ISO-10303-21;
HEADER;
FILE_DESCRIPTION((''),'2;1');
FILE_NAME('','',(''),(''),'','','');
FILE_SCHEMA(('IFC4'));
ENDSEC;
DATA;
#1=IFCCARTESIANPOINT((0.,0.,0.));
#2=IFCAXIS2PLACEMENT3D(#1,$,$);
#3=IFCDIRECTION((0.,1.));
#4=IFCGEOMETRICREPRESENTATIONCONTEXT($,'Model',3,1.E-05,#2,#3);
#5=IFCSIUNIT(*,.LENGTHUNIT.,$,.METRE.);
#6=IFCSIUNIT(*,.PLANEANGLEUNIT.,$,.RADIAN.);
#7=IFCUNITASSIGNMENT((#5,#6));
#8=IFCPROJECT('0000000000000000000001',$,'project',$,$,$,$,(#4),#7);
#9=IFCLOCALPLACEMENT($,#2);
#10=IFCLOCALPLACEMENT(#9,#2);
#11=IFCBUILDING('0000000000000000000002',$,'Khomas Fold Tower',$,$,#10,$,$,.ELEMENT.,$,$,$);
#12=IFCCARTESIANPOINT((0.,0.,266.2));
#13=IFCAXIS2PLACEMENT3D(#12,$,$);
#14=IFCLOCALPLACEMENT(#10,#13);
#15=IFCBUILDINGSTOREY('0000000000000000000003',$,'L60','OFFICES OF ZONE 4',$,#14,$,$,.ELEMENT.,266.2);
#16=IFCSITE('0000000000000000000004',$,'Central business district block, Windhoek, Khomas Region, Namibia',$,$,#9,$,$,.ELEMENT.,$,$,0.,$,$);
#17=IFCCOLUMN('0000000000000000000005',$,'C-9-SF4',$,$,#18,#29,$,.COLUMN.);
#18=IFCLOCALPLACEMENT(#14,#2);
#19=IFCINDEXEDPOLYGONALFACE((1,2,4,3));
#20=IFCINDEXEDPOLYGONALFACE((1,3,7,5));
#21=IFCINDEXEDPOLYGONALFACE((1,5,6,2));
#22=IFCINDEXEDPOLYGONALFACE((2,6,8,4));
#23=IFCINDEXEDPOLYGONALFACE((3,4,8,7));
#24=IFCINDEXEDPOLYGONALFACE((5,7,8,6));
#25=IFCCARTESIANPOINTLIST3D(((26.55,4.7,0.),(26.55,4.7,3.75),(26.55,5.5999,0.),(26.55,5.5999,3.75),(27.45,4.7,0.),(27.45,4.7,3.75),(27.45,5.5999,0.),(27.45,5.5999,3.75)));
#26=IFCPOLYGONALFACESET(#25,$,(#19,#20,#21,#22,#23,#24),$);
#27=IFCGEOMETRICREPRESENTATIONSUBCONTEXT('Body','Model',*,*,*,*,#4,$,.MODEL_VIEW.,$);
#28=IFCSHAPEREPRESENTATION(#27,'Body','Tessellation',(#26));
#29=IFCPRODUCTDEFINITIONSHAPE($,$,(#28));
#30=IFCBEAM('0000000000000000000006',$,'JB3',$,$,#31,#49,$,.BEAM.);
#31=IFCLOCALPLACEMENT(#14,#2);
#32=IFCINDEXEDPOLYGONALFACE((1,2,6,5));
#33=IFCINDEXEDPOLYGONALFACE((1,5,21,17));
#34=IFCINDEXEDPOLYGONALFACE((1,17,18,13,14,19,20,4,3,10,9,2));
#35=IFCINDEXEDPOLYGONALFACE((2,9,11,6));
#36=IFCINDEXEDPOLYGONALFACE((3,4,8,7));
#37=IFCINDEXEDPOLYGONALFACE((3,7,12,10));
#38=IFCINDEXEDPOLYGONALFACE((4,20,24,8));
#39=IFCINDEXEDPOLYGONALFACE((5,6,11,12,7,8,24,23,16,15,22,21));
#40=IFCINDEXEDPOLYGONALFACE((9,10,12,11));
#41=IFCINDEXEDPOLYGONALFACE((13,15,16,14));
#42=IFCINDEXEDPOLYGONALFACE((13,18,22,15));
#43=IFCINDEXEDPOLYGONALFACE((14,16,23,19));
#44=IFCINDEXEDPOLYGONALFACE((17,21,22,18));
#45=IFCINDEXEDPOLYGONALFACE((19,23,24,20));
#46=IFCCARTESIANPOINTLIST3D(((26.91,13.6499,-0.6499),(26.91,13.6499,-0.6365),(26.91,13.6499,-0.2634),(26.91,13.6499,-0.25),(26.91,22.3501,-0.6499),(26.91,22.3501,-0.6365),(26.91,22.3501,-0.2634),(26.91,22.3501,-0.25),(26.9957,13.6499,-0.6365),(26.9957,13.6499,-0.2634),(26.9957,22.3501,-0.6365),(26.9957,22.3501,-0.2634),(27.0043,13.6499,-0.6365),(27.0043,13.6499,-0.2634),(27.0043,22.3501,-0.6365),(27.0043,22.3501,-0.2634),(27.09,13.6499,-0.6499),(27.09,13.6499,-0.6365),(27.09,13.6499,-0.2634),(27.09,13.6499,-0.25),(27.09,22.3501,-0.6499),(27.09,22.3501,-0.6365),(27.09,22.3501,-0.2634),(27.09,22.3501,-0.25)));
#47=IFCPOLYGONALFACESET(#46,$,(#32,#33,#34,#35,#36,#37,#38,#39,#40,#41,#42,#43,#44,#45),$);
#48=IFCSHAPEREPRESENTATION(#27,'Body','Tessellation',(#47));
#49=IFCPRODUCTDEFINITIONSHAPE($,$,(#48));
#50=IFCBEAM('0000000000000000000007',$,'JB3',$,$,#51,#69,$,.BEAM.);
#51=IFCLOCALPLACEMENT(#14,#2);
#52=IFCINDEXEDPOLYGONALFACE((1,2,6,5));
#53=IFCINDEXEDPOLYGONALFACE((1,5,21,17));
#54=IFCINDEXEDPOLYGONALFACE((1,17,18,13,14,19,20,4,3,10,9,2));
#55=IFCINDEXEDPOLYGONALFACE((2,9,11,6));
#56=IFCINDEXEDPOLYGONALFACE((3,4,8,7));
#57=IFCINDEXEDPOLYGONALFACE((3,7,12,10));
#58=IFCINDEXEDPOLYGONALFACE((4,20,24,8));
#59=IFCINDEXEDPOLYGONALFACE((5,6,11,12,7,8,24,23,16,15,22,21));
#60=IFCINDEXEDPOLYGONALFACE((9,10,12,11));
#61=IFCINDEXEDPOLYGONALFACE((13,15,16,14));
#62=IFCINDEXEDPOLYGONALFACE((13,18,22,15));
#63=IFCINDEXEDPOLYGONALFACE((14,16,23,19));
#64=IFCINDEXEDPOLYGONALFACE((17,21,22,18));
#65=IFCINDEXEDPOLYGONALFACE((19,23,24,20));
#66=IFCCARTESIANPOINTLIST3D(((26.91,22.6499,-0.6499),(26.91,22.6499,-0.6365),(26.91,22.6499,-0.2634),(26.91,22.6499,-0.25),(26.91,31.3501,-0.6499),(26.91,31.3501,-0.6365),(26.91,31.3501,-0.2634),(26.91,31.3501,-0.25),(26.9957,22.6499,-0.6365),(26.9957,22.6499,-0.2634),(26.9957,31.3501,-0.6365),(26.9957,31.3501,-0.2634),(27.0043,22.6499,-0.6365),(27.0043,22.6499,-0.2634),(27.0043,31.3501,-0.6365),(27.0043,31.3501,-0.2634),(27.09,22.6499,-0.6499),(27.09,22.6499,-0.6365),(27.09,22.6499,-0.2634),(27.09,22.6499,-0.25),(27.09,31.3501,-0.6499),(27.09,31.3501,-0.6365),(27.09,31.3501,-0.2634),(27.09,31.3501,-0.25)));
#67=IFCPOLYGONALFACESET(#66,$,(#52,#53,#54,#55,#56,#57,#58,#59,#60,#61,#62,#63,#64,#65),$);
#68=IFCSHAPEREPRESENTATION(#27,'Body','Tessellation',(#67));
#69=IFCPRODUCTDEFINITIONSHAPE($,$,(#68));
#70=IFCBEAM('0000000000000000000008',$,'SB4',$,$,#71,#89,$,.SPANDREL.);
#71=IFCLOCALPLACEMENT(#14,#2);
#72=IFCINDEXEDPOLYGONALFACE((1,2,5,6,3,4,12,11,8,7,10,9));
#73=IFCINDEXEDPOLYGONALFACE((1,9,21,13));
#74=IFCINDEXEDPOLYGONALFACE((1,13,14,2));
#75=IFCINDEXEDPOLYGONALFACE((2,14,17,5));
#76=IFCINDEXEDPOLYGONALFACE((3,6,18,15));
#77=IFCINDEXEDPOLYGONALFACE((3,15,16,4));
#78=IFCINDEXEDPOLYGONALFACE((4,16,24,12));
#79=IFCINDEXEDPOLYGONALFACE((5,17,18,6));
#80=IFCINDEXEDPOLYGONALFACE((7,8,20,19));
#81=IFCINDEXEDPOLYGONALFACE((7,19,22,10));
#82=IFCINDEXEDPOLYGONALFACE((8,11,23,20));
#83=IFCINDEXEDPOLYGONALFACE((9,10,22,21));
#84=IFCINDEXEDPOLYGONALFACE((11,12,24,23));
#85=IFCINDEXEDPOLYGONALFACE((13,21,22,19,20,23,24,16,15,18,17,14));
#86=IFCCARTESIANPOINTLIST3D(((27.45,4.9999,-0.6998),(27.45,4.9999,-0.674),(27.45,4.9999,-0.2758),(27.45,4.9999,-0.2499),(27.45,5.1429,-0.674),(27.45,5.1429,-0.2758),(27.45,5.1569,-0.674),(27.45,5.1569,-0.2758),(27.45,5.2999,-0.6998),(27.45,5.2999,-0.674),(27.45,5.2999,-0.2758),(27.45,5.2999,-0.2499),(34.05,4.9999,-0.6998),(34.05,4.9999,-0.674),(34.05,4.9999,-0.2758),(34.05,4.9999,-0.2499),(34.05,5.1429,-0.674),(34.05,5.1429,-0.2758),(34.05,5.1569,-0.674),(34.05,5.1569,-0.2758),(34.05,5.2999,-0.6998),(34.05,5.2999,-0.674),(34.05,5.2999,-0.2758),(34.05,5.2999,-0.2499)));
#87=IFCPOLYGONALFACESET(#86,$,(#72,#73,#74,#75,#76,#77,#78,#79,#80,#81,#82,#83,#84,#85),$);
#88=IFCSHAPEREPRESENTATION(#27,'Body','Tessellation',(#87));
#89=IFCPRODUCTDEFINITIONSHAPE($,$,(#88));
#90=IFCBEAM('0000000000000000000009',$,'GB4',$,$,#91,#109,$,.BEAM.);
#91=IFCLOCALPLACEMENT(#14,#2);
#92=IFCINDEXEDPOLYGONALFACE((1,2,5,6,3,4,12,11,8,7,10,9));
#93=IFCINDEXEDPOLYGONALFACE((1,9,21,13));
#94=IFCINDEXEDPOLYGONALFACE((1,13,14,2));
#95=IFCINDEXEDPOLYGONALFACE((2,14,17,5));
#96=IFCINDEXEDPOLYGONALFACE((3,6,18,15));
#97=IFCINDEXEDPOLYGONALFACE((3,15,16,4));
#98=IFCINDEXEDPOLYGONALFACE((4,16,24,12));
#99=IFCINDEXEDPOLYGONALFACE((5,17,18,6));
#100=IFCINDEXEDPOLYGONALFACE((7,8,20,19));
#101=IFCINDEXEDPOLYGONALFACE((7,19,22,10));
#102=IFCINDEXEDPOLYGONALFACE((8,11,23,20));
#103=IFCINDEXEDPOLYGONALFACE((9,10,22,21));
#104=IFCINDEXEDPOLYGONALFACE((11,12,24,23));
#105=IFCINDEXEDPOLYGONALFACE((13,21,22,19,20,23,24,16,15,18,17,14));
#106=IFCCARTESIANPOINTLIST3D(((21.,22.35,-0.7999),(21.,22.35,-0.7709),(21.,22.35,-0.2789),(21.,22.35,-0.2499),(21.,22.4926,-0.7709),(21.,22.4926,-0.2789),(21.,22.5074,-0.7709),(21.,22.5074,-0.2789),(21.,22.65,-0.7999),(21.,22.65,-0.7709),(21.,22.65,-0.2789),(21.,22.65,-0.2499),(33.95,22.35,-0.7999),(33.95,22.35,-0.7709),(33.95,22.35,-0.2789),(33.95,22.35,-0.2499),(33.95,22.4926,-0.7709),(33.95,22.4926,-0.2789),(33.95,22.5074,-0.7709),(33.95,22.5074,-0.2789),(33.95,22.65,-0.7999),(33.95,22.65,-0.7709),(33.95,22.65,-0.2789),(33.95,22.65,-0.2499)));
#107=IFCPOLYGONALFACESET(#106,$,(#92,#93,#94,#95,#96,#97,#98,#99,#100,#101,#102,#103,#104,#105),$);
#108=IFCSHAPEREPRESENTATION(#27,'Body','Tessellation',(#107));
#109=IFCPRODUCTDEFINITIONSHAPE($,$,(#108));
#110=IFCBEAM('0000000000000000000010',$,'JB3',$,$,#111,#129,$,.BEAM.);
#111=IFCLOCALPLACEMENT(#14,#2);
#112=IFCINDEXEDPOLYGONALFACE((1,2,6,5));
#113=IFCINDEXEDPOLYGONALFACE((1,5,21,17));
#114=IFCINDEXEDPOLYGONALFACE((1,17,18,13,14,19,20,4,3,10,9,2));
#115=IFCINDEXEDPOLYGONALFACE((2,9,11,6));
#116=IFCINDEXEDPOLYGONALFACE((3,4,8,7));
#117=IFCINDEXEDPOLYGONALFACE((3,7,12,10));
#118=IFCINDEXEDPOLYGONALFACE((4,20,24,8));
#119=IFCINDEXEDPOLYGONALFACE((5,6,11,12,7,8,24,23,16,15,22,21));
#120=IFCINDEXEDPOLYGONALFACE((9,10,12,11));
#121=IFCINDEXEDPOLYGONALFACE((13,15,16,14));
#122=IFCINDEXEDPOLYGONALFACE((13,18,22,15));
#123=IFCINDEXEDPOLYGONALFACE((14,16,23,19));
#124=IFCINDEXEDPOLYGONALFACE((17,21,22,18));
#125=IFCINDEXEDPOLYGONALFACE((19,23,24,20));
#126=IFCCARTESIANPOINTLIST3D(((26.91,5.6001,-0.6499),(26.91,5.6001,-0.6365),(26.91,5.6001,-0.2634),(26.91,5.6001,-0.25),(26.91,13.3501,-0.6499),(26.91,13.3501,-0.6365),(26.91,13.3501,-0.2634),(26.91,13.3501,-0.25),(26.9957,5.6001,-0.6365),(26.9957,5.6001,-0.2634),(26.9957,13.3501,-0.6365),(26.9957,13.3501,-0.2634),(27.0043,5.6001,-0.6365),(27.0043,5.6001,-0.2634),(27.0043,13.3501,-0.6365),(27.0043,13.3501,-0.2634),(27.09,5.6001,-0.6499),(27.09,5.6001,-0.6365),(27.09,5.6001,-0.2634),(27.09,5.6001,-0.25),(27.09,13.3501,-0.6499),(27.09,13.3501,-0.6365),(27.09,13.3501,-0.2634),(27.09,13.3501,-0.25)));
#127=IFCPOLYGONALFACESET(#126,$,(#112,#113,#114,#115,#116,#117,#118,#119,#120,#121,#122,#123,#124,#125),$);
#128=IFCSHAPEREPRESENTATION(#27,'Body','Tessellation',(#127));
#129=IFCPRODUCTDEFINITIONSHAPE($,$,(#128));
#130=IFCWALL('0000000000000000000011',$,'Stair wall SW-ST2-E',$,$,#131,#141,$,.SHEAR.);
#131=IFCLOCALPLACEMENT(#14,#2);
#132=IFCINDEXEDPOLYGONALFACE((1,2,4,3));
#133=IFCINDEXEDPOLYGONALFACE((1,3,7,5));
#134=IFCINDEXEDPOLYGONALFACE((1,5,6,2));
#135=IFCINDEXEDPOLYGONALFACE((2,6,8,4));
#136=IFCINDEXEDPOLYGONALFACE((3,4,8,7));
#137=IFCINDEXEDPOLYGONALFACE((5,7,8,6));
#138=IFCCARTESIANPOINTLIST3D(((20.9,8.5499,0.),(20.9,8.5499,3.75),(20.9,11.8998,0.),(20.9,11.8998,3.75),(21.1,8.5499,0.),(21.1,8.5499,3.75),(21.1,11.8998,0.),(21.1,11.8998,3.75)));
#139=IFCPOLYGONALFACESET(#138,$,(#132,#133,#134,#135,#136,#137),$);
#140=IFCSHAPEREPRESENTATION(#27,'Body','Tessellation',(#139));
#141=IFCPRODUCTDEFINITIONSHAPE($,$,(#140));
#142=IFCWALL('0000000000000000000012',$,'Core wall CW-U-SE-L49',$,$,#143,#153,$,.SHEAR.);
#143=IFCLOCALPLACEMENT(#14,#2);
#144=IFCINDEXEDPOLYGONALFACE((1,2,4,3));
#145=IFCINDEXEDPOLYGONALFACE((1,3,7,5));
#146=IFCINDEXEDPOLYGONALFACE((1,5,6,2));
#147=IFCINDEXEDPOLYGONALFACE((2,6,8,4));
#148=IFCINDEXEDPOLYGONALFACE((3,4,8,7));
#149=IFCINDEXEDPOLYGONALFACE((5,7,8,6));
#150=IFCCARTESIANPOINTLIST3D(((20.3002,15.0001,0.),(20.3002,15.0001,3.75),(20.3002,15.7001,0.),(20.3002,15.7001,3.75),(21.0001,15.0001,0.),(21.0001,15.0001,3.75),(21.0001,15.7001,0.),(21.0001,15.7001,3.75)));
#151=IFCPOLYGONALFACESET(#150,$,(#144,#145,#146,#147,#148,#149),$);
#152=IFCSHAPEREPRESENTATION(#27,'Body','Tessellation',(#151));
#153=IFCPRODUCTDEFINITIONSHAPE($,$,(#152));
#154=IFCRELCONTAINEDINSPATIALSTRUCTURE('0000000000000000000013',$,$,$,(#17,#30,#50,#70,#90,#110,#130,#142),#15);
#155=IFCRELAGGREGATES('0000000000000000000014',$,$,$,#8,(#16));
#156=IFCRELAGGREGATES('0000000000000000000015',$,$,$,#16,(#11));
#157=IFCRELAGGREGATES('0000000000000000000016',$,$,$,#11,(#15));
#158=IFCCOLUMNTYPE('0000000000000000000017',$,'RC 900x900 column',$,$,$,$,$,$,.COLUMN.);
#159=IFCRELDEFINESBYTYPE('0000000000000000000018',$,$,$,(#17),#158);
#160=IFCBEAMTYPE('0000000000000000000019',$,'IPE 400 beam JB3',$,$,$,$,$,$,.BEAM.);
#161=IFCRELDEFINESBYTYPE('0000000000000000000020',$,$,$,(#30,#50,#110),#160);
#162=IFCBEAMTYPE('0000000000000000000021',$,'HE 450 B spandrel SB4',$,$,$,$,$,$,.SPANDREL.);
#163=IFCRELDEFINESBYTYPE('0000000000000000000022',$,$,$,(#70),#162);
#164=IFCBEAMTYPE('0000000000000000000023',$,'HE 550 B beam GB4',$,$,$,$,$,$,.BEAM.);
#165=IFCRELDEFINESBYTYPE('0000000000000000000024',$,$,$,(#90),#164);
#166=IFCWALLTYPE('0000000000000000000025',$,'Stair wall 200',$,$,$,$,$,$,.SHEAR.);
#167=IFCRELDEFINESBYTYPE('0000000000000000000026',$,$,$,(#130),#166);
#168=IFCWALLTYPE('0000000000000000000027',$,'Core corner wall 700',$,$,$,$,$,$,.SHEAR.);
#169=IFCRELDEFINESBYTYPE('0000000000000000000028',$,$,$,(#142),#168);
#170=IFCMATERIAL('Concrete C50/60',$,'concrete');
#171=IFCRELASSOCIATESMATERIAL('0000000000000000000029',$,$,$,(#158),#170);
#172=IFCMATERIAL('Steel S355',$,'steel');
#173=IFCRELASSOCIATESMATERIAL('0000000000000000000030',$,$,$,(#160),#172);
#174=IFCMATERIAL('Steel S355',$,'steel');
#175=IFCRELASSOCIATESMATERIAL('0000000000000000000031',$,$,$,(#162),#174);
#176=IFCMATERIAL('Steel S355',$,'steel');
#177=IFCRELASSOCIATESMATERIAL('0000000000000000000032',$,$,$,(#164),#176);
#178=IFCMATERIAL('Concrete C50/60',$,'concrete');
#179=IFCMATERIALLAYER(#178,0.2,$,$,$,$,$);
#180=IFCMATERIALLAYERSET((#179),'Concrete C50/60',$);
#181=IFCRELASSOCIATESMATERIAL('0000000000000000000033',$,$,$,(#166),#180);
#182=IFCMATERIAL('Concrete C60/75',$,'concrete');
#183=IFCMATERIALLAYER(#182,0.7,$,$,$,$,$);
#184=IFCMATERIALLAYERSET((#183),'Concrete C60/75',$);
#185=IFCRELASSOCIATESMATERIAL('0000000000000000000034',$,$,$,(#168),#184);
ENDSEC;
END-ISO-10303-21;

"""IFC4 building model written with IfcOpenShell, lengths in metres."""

from ifc_helpers import new_model, si_unit, direction, frame, frame_2d, origin, origin_2d, place, context, subcontext, project, spatial, rectangle, i_section, extrude, source, transform, mapped, material, layer, layer_set, material_profile, profile_set, type_object, element, save


model = new_model("IFC4")

# Units and contexts
model_context = context("Model", 3, precision=1e-05, world=origin(), true_north=direction((0.0, 1.0)))
body_context = subcontext(model_context, "Body", "Model", "MODEL_VIEW")
ifc_project = project(units=[si_unit("LENGTHUNIT", "METRE"), si_unit("PLANEANGLEUNIT", "RADIAN")], contexts=[model_context])

# Site, building, storey
site_placement = place(None, origin())
site = spatial("IfcSite", under=ifc_project, at=site_placement, Name="Central business district block, Windhoek, Khomas Region, Namibia", CompositionType="ELEMENT", RefElevation=0.0)
building_placement = place(site_placement, origin())
building = spatial("IfcBuilding", under=site, at=building_placement, Name="Khomas Fold Tower", CompositionType="ELEMENT")
storey_placement = place(building_placement, frame((0.0, 0.0, 266.2)))
storey = spatial("IfcBuildingStorey", under=building, at=storey_placement, Name="L60", Description="OFFICES OF ZONE 4", CompositionType="ELEMENT", Elevation=266.2)

# Column
ifc_material_1 = material(Name="Concrete C50/60", Category="concrete")
ifc_material_profile_1 = material_profile(ifc_material_1, rectangle(XDim=0.8999, YDim=0.8999, at=origin_2d()), Name="RC 900x900")
ifc_profile_set_1 = profile_set([ifc_material_profile_1], Name="Concrete C50/60")
column_type = type_object("IfcColumnType", Name="RC 900x900 column", PredefinedType="COLUMN", material=ifc_profile_set_1)
shared_shape_1 = source(origin(), body_context, "Body", "SweptSolid", [
    extrude(rectangle(XDim=0.8999, YDim=0.8999, at=origin_2d()), origin(), (0.0, 0.0, 1.0), 3.75),
])
column_placement = place(storey_placement, frame((27.0, 5.1499, 0.0), z_axis=(0.0, 0.0, 1.0), x_axis=(1.0, 0.0, 0.0)))
element("IfcColumn", 1, at=column_placement, inside=storey, type_object=column_type, Name="C-9-SF4", PredefinedType="COLUMN", context=body_context, shape_type="MappedRepresentation", body=[
    mapped(shared_shape_1, transform((0.0, 0.0, 0.0))),
])

# Beams
ifc_material_2 = material(Name="Steel S355", Category="steel")
ifc_material_profile_2 = material_profile(ifc_material_2, i_section(OverallWidth=0.1799, OverallDepth=0.3999, WebThickness=0.0085, FlangeThickness=0.0134, at=origin_2d()), Name="IPE 400")
ifc_profile_set_2 = profile_set([ifc_material_profile_2], Name="Steel S355")
beam_type_1 = type_object("IfcBeamType", Name="IPE 400 beam JB3", PredefinedType="BEAM", material=ifc_profile_set_2)
shared_shape_2 = source(origin(), body_context, "Body", "SweptSolid", [
    extrude(i_section(OverallWidth=0.1799, OverallDepth=0.3999, WebThickness=0.0085, FlangeThickness=0.0134, at=origin_2d()), origin(), (0.0, 0.0, 1.0), 8.7002),
])
for number, where, z_axis, x_axis, name in (
    (2, (27.0, 13.6499, -0.45), (0.0, 1.0, 0.0), (-1.0, 0.0, 0.0), "JB3"),
    (3, (27.0, 22.6499, -0.45), (0.0, 1.0, 0.0), (-1.0, 0.0, 0.0), "JB3"),
):
    element("IfcBeam", number, at=place(storey_placement, frame(where, z_axis=z_axis, x_axis=x_axis)), inside=storey, type_object=beam_type_1, Name=name, PredefinedType="BEAM", context=body_context, shape_type="MappedRepresentation", body=[
        mapped(shared_shape_2, transform((0.0, 0.0, 0.0))),
    ])
ifc_material_3 = material(Name="Steel S355", Category="steel")
ifc_material_profile_3 = material_profile(ifc_material_3, i_section(OverallWidth=0.3, OverallDepth=0.45, WebThickness=0.0139, FlangeThickness=0.0259, at=origin_2d()), Name="HE 450 B")
ifc_profile_set_3 = profile_set([ifc_material_profile_3], Name="Steel S355")
beam_type_2 = type_object("IfcBeamType", Name="HE 450 B spandrel SB4", PredefinedType="SPANDREL", material=ifc_profile_set_3)
shared_shape_3 = source(origin(), body_context, "Body", "SweptSolid", [
    extrude(i_section(OverallWidth=0.3, OverallDepth=0.45, WebThickness=0.0139, FlangeThickness=0.0259, at=origin_2d()), origin(), (0.0, 0.0, 1.0), 6.6001),
])
beam_1_placement = place(storey_placement, frame((27.45, 5.1499, -0.4749), z_axis=(1.0, 0.0, 0.0), x_axis=(0.0, 1.0, 0.0)))
element("IfcBeam", 4, at=beam_1_placement, inside=storey, type_object=beam_type_2, Name="SB4", PredefinedType="SPANDREL", context=body_context, shape_type="MappedRepresentation", body=[
    mapped(shared_shape_3, transform((0.0, 0.0, 0.0))),
])
ifc_material_4 = material(Name="Steel S355", Category="steel")
ifc_material_profile_4 = material_profile(ifc_material_4, i_section(OverallWidth=0.3, OverallDepth=0.55, WebThickness=0.0149, FlangeThickness=0.0291, at=origin_2d()), Name="HE 550 B")
ifc_profile_set_4 = profile_set([ifc_material_profile_4], Name="Steel S355")
beam_type_3 = type_object("IfcBeamType", Name="HE 550 B beam GB4", PredefinedType="BEAM", material=ifc_profile_set_4)
shared_shape_4 = source(origin(), body_context, "Body", "SweptSolid", [
    extrude(i_section(OverallWidth=0.3, OverallDepth=0.55, WebThickness=0.0149, FlangeThickness=0.0291, at=origin_2d()), origin(), (0.0, 0.0, 1.0), 12.95),
])
beam_2_placement = place(storey_placement, frame((21.0, 22.5, -0.5249), z_axis=(1.0, 0.0, 0.0), x_axis=(0.0, 1.0, 0.0)))
element("IfcBeam", 5, at=beam_2_placement, inside=storey, type_object=beam_type_3, Name="GB4", PredefinedType="BEAM", context=body_context, shape_type="MappedRepresentation", body=[
    mapped(shared_shape_4, transform((0.0, 0.0, 0.0))),
])
shared_shape_5 = source(origin(), body_context, "Body", "SweptSolid", [
    extrude(i_section(OverallWidth=0.1799, OverallDepth=0.3999, WebThickness=0.0085, FlangeThickness=0.0134, at=origin_2d()), origin(), (0.0, 0.0, 1.0), 7.75),
])
beam_3_placement = place(storey_placement, frame((27.0, 5.6001, -0.45), z_axis=(0.0, 1.0, 0.0), x_axis=(-1.0, 0.0, 0.0)))
element("IfcBeam", 6, at=beam_3_placement, inside=storey, type_object=beam_type_1, Name="JB3", PredefinedType="BEAM", context=body_context, shape_type="MappedRepresentation", body=[
    mapped(shared_shape_5, transform((0.0, 0.0, 0.0))),
])

# Walls
ifc_material_5 = material(Name="Concrete C50/60", Category="concrete")
ifc_layer_1 = layer(ifc_material_5, 0.2)
ifc_layer_set_1 = layer_set([ifc_layer_1], Name="Concrete C50/60")
wall_type_1 = type_object("IfcWallType", Name="Stair wall 200", PredefinedType="SHEAR", material=ifc_layer_set_1)
shared_shape_6 = source(origin(), body_context, "Body", "SweptSolid", [
    extrude(rectangle(XDim=3.3499, YDim=0.2, at=frame_2d((1.6748, 0.0))), origin(), (0.0, 0.0, 1.0), 3.75),
])
wall_1_placement = place(storey_placement, frame((21.0, 8.55, 0.0), z_axis=(0.0, 0.0, 1.0), x_axis=(0.0, 1.0, 0.0)))
element("IfcWall", 7, at=wall_1_placement, inside=storey, type_object=wall_type_1, Name="Stair wall SW-ST2-E", PredefinedType="SHEAR", context=body_context, shape_type="MappedRepresentation", body=[
    mapped(shared_shape_6, transform((0.0, 0.0, 0.0))),
])
ifc_material_6 = material(Name="Concrete C60/75", Category="concrete")
ifc_layer_2 = layer(ifc_material_6, 0.7)
ifc_layer_set_2 = layer_set([ifc_layer_2], Name="Concrete C60/75")
wall_type_2 = type_object("IfcWallType", Name="Core corner wall 700", PredefinedType="SHEAR", material=ifc_layer_set_2)
shared_shape_7 = source(origin(), body_context, "Body", "SweptSolid", [
    extrude(rectangle(XDim=0.7, YDim=0.7, at=frame_2d((0.3501, 0.0))), origin(), (0.0, 0.0, 1.0), 3.75),
])
wall_2_placement = place(storey_placement, frame((20.3, 15.3501, 0.0), z_axis=(0.0, 0.0, 1.0), x_axis=(1.0, 0.0, 0.0)))
element("IfcWall", 8, at=wall_2_placement, inside=storey, type_object=wall_type_2, Name="Core wall CW-U-SE-L49", PredefinedType="SHEAR", context=body_context, shape_type="MappedRepresentation", body=[
    mapped(shared_shape_7, transform((0.0, 0.0, 0.0))),
])

save(model, "model.ifc")
